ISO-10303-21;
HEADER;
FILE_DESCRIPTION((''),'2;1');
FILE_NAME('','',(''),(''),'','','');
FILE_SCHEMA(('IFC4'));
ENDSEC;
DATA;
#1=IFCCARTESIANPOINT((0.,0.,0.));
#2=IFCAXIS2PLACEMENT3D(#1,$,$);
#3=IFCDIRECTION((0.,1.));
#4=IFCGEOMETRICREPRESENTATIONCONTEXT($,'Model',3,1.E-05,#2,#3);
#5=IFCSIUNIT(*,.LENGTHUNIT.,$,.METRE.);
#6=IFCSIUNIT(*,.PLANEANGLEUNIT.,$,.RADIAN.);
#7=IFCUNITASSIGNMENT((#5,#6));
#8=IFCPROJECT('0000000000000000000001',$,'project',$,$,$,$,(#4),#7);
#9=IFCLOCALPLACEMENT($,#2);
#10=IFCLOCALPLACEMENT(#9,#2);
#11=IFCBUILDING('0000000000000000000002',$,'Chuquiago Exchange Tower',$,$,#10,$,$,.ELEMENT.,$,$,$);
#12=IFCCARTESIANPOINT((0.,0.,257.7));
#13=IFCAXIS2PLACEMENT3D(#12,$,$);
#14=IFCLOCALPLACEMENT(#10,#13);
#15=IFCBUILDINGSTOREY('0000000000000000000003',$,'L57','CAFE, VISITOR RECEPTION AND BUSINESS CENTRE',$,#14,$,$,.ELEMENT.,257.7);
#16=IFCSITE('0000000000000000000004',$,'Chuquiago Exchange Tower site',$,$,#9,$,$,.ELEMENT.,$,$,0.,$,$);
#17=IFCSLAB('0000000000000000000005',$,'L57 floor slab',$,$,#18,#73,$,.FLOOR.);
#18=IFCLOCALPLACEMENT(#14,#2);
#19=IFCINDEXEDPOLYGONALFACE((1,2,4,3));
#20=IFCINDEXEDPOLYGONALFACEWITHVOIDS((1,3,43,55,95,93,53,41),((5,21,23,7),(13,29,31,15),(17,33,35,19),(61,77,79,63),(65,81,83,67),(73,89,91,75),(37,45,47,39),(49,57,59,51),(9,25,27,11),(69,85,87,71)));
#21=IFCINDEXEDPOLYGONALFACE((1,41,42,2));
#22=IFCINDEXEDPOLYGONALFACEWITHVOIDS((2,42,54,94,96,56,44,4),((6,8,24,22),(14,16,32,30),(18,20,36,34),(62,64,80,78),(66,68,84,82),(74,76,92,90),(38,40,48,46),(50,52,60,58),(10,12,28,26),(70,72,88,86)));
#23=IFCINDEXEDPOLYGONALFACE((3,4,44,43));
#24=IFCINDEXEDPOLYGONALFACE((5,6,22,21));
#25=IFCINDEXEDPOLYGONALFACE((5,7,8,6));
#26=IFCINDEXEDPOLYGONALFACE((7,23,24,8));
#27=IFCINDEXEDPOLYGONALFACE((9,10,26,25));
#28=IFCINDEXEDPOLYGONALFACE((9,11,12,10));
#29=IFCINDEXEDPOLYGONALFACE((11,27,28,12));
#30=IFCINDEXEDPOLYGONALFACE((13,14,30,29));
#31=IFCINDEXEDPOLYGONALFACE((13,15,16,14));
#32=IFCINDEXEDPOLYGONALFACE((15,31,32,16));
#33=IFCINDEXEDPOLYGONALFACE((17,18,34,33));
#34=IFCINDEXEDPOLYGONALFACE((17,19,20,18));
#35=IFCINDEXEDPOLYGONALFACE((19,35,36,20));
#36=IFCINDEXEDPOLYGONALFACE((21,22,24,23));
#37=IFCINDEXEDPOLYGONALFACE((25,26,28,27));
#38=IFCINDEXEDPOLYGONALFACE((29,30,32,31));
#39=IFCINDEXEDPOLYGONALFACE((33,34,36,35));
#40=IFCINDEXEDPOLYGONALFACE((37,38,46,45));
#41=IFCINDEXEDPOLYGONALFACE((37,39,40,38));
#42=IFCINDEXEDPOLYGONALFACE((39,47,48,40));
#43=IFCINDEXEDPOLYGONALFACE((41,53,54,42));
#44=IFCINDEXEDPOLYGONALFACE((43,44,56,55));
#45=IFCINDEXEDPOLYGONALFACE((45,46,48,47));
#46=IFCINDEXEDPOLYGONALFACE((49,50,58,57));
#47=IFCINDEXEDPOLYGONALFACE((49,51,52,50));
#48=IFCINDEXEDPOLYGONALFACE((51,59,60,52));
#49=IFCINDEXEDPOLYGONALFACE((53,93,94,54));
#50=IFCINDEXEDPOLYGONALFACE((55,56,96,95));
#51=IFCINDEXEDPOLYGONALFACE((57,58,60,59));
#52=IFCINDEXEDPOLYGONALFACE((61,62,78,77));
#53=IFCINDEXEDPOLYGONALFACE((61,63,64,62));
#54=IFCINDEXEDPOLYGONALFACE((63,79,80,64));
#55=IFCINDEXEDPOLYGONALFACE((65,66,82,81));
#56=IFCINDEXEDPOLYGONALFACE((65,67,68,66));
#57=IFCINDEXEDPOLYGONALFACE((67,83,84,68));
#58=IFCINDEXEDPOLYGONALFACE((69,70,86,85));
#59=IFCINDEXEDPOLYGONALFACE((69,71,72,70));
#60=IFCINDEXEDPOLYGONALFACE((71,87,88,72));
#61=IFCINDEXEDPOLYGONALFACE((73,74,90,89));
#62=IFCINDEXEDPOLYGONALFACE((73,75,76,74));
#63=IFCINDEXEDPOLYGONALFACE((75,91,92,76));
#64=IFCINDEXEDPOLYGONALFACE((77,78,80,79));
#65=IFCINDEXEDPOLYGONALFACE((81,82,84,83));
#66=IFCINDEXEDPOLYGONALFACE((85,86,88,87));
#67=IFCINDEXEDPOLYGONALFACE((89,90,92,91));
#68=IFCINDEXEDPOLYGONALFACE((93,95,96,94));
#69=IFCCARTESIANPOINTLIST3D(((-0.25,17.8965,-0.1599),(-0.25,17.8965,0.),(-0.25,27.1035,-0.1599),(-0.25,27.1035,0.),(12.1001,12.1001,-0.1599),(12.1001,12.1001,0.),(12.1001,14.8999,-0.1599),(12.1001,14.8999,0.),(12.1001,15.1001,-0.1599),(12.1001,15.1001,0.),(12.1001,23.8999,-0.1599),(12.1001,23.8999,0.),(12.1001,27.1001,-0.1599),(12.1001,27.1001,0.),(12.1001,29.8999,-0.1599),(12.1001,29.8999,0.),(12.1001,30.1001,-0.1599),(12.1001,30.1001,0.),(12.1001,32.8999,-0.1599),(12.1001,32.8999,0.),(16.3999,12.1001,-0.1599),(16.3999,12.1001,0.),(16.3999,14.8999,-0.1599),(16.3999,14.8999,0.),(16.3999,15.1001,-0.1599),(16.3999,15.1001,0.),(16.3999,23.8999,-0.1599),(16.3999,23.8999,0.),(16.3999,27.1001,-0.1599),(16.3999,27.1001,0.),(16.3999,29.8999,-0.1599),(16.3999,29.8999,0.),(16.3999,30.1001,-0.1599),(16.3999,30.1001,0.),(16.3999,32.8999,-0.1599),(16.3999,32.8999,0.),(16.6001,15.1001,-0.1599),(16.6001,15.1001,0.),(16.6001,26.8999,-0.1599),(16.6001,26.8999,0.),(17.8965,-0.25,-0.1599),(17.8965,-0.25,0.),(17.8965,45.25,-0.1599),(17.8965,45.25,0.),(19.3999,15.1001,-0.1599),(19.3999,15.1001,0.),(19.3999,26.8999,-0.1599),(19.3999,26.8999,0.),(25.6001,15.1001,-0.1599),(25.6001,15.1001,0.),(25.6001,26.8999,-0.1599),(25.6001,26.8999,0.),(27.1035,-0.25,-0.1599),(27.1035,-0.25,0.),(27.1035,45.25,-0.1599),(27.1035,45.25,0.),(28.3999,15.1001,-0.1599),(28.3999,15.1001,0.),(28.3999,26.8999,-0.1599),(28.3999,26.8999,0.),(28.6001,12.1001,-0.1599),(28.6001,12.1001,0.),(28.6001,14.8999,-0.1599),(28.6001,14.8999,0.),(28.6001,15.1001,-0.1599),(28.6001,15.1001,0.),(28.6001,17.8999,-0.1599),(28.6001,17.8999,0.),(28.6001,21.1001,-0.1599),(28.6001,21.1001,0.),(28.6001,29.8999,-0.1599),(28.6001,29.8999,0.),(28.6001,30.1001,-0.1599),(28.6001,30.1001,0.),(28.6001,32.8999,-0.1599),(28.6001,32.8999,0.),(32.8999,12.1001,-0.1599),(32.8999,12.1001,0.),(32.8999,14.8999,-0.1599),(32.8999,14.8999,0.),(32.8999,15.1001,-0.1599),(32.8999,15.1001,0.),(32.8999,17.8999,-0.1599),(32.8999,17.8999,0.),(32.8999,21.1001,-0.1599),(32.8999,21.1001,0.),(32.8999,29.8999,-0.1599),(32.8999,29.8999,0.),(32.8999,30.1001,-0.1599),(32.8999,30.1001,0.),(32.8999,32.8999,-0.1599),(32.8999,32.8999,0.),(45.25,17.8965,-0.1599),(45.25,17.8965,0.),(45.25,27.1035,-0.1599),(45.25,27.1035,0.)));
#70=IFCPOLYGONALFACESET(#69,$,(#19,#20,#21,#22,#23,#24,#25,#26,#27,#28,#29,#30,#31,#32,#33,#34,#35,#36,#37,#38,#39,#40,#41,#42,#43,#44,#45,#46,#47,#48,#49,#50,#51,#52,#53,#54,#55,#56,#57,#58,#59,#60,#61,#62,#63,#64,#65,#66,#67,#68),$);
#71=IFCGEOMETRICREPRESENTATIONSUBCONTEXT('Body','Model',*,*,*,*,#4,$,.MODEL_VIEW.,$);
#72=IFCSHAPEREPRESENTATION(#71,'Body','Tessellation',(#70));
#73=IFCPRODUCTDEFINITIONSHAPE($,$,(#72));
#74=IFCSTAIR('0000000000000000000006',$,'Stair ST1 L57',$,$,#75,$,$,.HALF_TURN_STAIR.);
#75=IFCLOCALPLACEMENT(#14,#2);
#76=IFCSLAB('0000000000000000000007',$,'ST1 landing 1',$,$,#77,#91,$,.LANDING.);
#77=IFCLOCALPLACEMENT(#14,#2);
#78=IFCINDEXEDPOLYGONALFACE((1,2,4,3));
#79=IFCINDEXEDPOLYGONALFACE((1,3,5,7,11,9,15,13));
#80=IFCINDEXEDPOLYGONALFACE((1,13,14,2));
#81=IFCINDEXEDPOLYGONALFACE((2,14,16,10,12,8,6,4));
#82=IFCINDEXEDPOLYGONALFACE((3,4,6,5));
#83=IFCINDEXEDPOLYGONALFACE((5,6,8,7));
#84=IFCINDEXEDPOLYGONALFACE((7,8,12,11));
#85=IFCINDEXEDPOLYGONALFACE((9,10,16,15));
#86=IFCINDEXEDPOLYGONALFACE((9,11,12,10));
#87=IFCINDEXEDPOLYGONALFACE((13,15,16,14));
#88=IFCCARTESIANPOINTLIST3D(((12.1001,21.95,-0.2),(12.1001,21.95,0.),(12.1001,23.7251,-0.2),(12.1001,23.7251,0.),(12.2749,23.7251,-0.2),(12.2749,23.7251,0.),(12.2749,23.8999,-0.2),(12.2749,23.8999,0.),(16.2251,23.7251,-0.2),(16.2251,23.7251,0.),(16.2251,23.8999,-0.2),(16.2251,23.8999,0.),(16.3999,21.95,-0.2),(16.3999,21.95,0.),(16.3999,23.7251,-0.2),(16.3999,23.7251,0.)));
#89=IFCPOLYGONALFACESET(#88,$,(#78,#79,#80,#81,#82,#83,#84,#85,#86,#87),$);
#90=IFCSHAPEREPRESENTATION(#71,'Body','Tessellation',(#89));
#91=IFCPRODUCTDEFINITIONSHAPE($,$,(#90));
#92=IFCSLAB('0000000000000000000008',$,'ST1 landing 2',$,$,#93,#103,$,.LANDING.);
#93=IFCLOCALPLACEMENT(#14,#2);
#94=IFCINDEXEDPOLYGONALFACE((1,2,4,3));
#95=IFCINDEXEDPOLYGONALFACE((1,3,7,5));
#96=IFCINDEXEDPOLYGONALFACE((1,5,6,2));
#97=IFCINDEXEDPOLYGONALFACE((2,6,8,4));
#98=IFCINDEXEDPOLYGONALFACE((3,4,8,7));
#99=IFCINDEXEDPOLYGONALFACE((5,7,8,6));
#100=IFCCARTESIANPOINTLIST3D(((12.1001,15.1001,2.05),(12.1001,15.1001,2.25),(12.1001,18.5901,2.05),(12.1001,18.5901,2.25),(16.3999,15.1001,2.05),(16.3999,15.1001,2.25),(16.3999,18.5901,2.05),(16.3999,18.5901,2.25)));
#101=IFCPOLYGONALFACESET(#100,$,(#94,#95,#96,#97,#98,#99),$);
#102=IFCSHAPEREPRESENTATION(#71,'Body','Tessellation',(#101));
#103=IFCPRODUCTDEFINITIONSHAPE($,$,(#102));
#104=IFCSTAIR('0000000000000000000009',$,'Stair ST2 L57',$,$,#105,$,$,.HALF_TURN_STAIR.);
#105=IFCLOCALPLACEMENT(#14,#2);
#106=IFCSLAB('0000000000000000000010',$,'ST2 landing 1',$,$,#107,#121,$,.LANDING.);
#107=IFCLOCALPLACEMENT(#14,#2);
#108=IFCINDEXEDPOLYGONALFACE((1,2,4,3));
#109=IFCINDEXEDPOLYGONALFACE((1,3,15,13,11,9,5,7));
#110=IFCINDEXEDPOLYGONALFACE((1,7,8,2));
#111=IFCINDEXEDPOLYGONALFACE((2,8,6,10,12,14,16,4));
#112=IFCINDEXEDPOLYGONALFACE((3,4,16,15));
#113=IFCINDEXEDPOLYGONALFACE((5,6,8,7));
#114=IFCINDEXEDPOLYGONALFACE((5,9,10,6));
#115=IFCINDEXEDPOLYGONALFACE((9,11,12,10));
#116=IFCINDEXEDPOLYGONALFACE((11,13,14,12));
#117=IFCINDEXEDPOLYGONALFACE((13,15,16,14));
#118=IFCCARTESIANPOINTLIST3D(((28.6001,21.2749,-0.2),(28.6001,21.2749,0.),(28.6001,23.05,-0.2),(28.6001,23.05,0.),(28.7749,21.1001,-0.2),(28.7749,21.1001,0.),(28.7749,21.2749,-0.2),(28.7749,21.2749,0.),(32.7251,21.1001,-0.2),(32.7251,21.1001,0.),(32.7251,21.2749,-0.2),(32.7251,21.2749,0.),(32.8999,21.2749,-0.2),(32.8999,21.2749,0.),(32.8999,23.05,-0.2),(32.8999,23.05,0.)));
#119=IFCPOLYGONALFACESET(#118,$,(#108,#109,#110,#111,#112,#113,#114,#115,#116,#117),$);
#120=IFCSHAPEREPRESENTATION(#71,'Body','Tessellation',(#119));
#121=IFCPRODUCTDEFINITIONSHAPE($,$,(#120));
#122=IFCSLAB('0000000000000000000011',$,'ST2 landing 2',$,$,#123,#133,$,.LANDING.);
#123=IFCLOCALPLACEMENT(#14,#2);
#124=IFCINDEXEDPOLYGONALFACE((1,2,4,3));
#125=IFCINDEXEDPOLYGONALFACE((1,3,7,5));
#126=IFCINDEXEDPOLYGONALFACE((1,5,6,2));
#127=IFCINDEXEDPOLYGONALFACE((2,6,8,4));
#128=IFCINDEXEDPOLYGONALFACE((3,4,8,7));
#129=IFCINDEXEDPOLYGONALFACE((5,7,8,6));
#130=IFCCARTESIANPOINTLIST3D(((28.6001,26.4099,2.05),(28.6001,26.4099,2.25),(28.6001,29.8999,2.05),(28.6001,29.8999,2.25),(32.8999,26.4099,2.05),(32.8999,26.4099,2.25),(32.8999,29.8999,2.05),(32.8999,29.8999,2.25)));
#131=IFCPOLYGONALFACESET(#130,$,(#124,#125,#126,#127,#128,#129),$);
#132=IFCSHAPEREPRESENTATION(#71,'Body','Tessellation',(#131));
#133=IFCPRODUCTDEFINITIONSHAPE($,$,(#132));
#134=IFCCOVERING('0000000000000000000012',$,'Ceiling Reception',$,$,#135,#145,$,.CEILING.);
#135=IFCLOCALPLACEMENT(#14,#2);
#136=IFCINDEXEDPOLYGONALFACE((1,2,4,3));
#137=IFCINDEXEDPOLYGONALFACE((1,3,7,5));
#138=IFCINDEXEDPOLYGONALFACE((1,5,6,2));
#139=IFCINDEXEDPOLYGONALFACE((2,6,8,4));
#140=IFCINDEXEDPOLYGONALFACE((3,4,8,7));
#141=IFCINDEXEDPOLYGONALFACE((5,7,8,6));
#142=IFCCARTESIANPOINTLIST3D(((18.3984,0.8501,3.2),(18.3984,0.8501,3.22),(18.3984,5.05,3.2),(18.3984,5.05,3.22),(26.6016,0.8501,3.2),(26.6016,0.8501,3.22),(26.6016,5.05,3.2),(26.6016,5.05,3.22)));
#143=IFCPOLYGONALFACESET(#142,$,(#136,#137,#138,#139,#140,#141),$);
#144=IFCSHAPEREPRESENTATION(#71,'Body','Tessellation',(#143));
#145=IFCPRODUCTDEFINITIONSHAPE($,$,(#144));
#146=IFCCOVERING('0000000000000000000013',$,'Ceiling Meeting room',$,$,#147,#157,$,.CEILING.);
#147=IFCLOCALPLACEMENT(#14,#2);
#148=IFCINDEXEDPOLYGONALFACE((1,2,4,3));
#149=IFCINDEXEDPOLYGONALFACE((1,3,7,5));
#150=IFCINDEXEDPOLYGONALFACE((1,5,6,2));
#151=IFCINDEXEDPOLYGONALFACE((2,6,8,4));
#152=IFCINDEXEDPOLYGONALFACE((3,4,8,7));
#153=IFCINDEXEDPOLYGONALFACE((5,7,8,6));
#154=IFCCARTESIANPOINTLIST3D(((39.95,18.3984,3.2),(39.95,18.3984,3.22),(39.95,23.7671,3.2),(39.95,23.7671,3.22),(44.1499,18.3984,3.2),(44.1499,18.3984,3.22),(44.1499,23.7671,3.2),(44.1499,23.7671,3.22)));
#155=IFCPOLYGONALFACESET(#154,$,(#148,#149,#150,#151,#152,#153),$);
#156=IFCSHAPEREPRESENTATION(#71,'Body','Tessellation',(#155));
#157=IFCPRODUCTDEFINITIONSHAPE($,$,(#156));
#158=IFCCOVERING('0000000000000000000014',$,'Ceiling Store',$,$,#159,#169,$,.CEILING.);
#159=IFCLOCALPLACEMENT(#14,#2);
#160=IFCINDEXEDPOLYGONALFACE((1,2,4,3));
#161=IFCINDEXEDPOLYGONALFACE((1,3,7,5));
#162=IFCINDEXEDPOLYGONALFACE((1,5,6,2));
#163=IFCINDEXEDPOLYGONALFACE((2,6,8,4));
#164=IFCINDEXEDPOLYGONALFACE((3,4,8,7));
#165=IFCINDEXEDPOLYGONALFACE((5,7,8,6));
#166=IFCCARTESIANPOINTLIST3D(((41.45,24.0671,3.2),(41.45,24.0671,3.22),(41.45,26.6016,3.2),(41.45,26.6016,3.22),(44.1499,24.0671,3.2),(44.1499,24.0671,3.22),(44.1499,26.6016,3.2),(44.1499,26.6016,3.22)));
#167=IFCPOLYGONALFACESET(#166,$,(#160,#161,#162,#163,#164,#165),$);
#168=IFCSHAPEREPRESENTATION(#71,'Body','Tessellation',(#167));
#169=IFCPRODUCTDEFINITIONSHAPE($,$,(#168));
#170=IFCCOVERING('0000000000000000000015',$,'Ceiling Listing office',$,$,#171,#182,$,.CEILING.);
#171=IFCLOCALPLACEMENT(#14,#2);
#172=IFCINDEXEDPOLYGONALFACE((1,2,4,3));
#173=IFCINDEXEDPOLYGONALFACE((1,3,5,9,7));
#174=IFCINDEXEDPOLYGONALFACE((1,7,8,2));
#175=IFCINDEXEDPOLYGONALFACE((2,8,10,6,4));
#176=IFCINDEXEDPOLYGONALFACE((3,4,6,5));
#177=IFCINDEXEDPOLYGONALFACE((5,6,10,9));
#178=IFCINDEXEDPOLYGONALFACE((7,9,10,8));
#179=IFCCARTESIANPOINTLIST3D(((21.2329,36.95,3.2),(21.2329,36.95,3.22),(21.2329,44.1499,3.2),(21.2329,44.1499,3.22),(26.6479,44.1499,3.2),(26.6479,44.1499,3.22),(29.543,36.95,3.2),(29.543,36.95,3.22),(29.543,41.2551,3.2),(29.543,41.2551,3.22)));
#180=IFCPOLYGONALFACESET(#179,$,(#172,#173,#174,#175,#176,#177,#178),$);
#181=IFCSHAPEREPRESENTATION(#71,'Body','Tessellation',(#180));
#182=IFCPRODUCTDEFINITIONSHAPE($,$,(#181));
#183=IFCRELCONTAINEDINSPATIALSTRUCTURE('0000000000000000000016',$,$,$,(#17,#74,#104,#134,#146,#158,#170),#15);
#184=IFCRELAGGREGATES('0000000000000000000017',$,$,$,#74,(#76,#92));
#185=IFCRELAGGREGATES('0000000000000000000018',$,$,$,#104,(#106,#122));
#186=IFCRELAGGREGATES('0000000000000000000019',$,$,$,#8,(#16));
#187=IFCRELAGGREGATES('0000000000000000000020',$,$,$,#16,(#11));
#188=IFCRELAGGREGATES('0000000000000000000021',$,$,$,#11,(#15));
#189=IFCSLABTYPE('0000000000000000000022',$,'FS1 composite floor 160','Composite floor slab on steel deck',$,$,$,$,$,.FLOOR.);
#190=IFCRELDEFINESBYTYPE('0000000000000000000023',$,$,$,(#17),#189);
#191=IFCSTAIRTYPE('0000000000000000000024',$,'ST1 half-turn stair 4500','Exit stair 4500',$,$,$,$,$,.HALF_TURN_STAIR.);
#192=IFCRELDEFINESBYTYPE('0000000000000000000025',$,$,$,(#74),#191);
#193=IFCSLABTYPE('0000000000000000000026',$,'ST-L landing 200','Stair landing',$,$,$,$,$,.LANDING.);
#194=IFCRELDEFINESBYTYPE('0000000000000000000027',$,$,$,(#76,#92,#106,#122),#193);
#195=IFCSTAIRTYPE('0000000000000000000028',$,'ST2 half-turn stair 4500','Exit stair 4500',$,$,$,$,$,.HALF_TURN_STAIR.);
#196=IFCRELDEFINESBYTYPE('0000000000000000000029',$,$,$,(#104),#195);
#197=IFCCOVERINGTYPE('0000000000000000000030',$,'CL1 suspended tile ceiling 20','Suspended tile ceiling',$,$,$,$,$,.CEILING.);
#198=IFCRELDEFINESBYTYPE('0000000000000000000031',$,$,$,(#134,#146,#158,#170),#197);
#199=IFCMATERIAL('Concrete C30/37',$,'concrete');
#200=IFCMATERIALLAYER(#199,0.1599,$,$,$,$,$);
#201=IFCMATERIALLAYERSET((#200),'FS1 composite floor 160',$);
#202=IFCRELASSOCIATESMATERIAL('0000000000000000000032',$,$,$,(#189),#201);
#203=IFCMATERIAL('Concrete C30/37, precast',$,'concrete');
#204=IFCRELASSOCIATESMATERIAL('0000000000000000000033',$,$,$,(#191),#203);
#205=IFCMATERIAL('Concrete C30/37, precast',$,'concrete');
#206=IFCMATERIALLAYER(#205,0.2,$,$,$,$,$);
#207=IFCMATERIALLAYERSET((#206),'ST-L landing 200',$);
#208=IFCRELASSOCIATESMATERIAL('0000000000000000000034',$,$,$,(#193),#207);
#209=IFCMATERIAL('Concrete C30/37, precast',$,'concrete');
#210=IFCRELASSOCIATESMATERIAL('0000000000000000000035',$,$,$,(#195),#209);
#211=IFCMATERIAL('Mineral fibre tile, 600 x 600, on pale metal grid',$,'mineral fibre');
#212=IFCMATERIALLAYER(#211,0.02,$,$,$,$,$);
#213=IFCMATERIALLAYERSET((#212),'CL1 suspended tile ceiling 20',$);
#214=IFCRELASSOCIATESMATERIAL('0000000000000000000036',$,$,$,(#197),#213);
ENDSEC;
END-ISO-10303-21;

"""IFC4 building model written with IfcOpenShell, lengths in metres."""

from ifc_helpers import new_model, si_unit, direction, frame, origin, place, context, subcontext, project, spatial, polyline, outline, extrude, material, layer, layer_set, type_object, element, aggregate, save


model = new_model("IFC4")

# Units and contexts
model_context = context("Model", 3, precision=1e-05, world=origin(), true_north=direction((0.0, 1.0)))
body_context = subcontext(model_context, "Body", "Model", "MODEL_VIEW")
ifc_project = project(units=[si_unit("LENGTHUNIT", "METRE"), si_unit("PLANEANGLEUNIT", "RADIAN")], contexts=[model_context])

# Site, building, storey
site_placement = place(None, origin())
site = spatial("IfcSite", under=ifc_project, at=site_placement, Name="Chuquiago Exchange Tower site", CompositionType="ELEMENT", RefElevation=0.0)
building_placement = place(site_placement, origin())
building = spatial("IfcBuilding", under=site, at=building_placement, Name="Chuquiago Exchange Tower", CompositionType="ELEMENT")
storey_placement = place(building_placement, frame((0.0, 0.0, 257.7)))
storey = spatial("IfcBuildingStorey", under=building, at=storey_placement, Name="L57", Description="CAFE, VISITOR RECEPTION AND BUSINESS CENTRE", CompositionType="ELEMENT", Elevation=257.7)

# Slab
ifc_material_1 = material(Name="Concrete C30/37", Category="concrete")
ifc_layer_1 = layer(ifc_material_1, 0.1599)
ifc_layer_set_1 = layer_set([ifc_layer_1], Name="FS1 composite floor 160")
slab_type_1 = type_object("IfcSlabType", Name="FS1 composite floor 160", Description="Composite floor slab on steel deck", PredefinedType="FLOOR", material=ifc_layer_set_1)
slab_1_placement = place(storey_placement, frame((0.0, 0.0, -0.1599)))
element("IfcSlab", 1, at=slab_1_placement, inside=storey, type_object=slab_type_1, Name="L57 floor slab", PredefinedType="FLOOR", context=body_context, shape_type="SweptSolid", body=[
    extrude(outline(polyline([(17.8965, -0.25), (-0.25, 17.8965), (-0.25, 27.1035), (17.8965, 45.25), (27.1035, 45.25), (45.25, 27.1035), (45.25, 17.8965), (27.1035, -0.25), (17.8965, -0.25)]), holes=[polyline([(16.3999, 15.1001), (12.1001, 15.1001), (12.1001, 23.8999), (16.3999, 23.8999), (16.3999, 15.1001)]), polyline([(32.8999, 21.1001), (28.6001, 21.1001), (28.6001, 29.8999), (32.8999, 29.8999), (32.8999, 21.1001)]), polyline([(16.3999, 12.1001), (12.1001, 12.1001), (12.1001, 14.8999), (16.3999, 14.8999), (16.3999, 12.1001)]), polyline([(16.3999, 30.1001), (12.1001, 30.1001), (12.1001, 32.8999), (16.3999, 32.8999), (16.3999, 30.1001)]), polyline([(32.8999, 12.1001), (28.6001, 12.1001), (28.6001, 14.8999), (32.8999, 14.8999), (32.8999, 12.1001)]), polyline([(32.8999, 30.1001), (28.6001, 30.1001), (28.6001, 32.8999), (32.8999, 32.8999), (32.8999, 30.1001)]), polyline([(16.3999, 27.1001), (12.1001, 27.1001), (12.1001, 29.8999), (16.3999, 29.8999), (16.3999, 27.1001)]), polyline([(32.8999, 15.1001), (28.6001, 15.1001), (28.6001, 17.8999), (32.8999, 17.8999), (32.8999, 15.1001)]), polyline([(19.3999, 15.1001), (16.6001, 15.1001), (16.6001, 26.8999), (19.3999, 26.8999), (19.3999, 15.1001)]), polyline([(28.3999, 15.1001), (25.6001, 15.1001), (25.6001, 26.8999), (28.3999, 26.8999), (28.3999, 15.1001)])]), origin(), (0.0, 0.0, 1.0), 0.1599),
])

# Stairs, slabs
ifc_material_2 = material(Name="Concrete C30/37, precast", Category="concrete")
stair_type_1 = type_object("IfcStairType", Name="ST1 half-turn stair 4500", Description="Exit stair 4500", PredefinedType="HALF_TURN_STAIR", material=ifc_material_2)
stair_1_placement = place(storey_placement, origin())
stair_1 = element("IfcStair", 2, at=stair_1_placement, inside=storey, type_object=stair_type_1, Name="Stair ST1 L57", PredefinedType="HALF_TURN_STAIR")
ifc_material_3 = material(Name="Concrete C30/37, precast", Category="concrete")
ifc_layer_2 = layer(ifc_material_3, 0.2)
ifc_layer_set_2 = layer_set([ifc_layer_2], Name="ST-L landing 200")
slab_type_2 = type_object("IfcSlabType", Name="ST-L landing 200", Description="Stair landing", PredefinedType="LANDING", material=ifc_layer_set_2)
slab_2_placement = place(storey_placement, frame((0.0, 0.0, -0.2)))
slab_2 = element("IfcSlab", 3, at=slab_2_placement, type_object=slab_type_2, Name="ST1 landing 1", PredefinedType="LANDING", context=body_context, shape_type="SweptSolid", body=[
    extrude(outline(polyline([(12.2749, 23.8999), (16.2251, 23.8999), (16.2251, 23.7251), (16.3999, 23.7251), (16.3999, 21.95), (12.1001, 21.95), (12.1001, 23.7251), (12.2749, 23.7251), (12.2749, 23.8999)])), origin(), (0.0, 0.0, 1.0), 0.2),
])
slab_3_placement = place(storey_placement, frame((0.0, 0.0, 2.05)))
slab_3 = element("IfcSlab", 4, at=slab_3_placement, type_object=slab_type_2, Name="ST1 landing 2", PredefinedType="LANDING", context=body_context, shape_type="SweptSolid", body=[
    extrude(outline(polyline([(12.1001, 18.5901), (16.3999, 18.5901), (16.3999, 15.1001), (12.1001, 15.1001), (12.1001, 18.5901)])), origin(), (0.0, 0.0, 1.0), 0.2),
])
aggregate(stair_1, [slab_2, slab_3])
ifc_material_4 = material(Name="Concrete C30/37, precast", Category="concrete")
stair_type_2 = type_object("IfcStairType", Name="ST2 half-turn stair 4500", Description="Exit stair 4500", PredefinedType="HALF_TURN_STAIR", material=ifc_material_4)
stair_2_placement = place(storey_placement, origin())
stair_2 = element("IfcStair", 5, at=stair_2_placement, inside=storey, type_object=stair_type_2, Name="Stair ST2 L57", PredefinedType="HALF_TURN_STAIR")
slab_4_placement = place(storey_placement, frame((0.0, 0.0, -0.2)))
slab_4 = element("IfcSlab", 6, at=slab_4_placement, type_object=slab_type_2, Name="ST2 landing 1", PredefinedType="LANDING", context=body_context, shape_type="SweptSolid", body=[
    extrude(outline(polyline([(32.7251, 21.2749), (32.7251, 21.1001), (28.7749, 21.1001), (28.7749, 21.2749), (28.6001, 21.2749), (28.6001, 23.05), (32.8999, 23.05), (32.8999, 21.2749), (32.7251, 21.2749)])), origin(), (0.0, 0.0, 1.0), 0.2),
])
slab_5_placement = place(storey_placement, frame((0.0, 0.0, 2.05)))
slab_5 = element("IfcSlab", 7, at=slab_5_placement, type_object=slab_type_2, Name="ST2 landing 2", PredefinedType="LANDING", context=body_context, shape_type="SweptSolid", body=[
    extrude(outline(polyline([(28.6001, 29.8999), (32.8999, 29.8999), (32.8999, 26.4099), (28.6001, 26.4099), (28.6001, 29.8999)])), origin(), (0.0, 0.0, 1.0), 0.2),
])
aggregate(stair_2, [slab_4, slab_5])

# Coverings
ifc_material_5 = material(Name="Mineral fibre tile, 600 x 600, on pale metal grid", Category="mineral fibre")
ifc_layer_3 = layer(ifc_material_5, 0.02)
ifc_layer_set_3 = layer_set([ifc_layer_3], Name="CL1 suspended tile ceiling 20")
covering_type_1 = type_object("IfcCoveringType", Name="CL1 suspended tile ceiling 20", Description="Suspended tile ceiling", PredefinedType="CEILING", material=ifc_layer_set_3)
covering_1_placement = place(storey_placement, frame((0.0, 0.0, 3.2)))
element("IfcCovering", 8, at=covering_1_placement, inside=storey, type_object=covering_type_1, Name="Ceiling Reception", PredefinedType="CEILING", context=body_context, shape_type="SweptSolid", body=[
    extrude(outline(polyline([(18.3984, 5.05), (26.6016, 5.05), (26.6016, 0.8501), (18.3984, 0.8501), (18.3984, 5.05)])), origin(), (0.0, 0.0, 1.0), 0.02),
])
covering_2_placement = place(storey_placement, frame((0.0, 0.0, 3.2)))
element("IfcCovering", 9, at=covering_2_placement, inside=storey, type_object=covering_type_1, Name="Ceiling Meeting room", PredefinedType="CEILING", context=body_context, shape_type="SweptSolid", body=[
    extrude(outline(polyline([(39.95, 18.3984), (39.95, 23.7671), (44.1499, 23.7671), (44.1499, 18.3984), (39.95, 18.3984)])), origin(), (0.0, 0.0, 1.0), 0.02),
])
covering_3_placement = place(storey_placement, frame((0.0, 0.0, 3.2)))
element("IfcCovering", 10, at=covering_3_placement, inside=storey, type_object=covering_type_1, Name="Ceiling Store", PredefinedType="CEILING", context=body_context, shape_type="SweptSolid", body=[
    extrude(outline(polyline([(44.1499, 24.0671), (41.45, 24.0671), (41.45, 26.6016), (44.1499, 26.6016), (44.1499, 24.0671)])), origin(), (0.0, 0.0, 1.0), 0.02),
])
covering_4_placement = place(storey_placement, frame((0.0, 0.0, 3.2)))
element("IfcCovering", 11, at=covering_4_placement, inside=storey, type_object=covering_type_1, Name="Ceiling Listing office", PredefinedType="CEILING", context=body_context, shape_type="SweptSolid", body=[
    extrude(outline(polyline([(29.543, 41.2551), (29.543, 36.95), (21.2329, 36.95), (21.2329, 44.1499), (26.6479, 44.1499), (29.543, 41.2551)])), origin(), (0.0, 0.0, 1.0), 0.02),
])

save(model, "model.ifc")
